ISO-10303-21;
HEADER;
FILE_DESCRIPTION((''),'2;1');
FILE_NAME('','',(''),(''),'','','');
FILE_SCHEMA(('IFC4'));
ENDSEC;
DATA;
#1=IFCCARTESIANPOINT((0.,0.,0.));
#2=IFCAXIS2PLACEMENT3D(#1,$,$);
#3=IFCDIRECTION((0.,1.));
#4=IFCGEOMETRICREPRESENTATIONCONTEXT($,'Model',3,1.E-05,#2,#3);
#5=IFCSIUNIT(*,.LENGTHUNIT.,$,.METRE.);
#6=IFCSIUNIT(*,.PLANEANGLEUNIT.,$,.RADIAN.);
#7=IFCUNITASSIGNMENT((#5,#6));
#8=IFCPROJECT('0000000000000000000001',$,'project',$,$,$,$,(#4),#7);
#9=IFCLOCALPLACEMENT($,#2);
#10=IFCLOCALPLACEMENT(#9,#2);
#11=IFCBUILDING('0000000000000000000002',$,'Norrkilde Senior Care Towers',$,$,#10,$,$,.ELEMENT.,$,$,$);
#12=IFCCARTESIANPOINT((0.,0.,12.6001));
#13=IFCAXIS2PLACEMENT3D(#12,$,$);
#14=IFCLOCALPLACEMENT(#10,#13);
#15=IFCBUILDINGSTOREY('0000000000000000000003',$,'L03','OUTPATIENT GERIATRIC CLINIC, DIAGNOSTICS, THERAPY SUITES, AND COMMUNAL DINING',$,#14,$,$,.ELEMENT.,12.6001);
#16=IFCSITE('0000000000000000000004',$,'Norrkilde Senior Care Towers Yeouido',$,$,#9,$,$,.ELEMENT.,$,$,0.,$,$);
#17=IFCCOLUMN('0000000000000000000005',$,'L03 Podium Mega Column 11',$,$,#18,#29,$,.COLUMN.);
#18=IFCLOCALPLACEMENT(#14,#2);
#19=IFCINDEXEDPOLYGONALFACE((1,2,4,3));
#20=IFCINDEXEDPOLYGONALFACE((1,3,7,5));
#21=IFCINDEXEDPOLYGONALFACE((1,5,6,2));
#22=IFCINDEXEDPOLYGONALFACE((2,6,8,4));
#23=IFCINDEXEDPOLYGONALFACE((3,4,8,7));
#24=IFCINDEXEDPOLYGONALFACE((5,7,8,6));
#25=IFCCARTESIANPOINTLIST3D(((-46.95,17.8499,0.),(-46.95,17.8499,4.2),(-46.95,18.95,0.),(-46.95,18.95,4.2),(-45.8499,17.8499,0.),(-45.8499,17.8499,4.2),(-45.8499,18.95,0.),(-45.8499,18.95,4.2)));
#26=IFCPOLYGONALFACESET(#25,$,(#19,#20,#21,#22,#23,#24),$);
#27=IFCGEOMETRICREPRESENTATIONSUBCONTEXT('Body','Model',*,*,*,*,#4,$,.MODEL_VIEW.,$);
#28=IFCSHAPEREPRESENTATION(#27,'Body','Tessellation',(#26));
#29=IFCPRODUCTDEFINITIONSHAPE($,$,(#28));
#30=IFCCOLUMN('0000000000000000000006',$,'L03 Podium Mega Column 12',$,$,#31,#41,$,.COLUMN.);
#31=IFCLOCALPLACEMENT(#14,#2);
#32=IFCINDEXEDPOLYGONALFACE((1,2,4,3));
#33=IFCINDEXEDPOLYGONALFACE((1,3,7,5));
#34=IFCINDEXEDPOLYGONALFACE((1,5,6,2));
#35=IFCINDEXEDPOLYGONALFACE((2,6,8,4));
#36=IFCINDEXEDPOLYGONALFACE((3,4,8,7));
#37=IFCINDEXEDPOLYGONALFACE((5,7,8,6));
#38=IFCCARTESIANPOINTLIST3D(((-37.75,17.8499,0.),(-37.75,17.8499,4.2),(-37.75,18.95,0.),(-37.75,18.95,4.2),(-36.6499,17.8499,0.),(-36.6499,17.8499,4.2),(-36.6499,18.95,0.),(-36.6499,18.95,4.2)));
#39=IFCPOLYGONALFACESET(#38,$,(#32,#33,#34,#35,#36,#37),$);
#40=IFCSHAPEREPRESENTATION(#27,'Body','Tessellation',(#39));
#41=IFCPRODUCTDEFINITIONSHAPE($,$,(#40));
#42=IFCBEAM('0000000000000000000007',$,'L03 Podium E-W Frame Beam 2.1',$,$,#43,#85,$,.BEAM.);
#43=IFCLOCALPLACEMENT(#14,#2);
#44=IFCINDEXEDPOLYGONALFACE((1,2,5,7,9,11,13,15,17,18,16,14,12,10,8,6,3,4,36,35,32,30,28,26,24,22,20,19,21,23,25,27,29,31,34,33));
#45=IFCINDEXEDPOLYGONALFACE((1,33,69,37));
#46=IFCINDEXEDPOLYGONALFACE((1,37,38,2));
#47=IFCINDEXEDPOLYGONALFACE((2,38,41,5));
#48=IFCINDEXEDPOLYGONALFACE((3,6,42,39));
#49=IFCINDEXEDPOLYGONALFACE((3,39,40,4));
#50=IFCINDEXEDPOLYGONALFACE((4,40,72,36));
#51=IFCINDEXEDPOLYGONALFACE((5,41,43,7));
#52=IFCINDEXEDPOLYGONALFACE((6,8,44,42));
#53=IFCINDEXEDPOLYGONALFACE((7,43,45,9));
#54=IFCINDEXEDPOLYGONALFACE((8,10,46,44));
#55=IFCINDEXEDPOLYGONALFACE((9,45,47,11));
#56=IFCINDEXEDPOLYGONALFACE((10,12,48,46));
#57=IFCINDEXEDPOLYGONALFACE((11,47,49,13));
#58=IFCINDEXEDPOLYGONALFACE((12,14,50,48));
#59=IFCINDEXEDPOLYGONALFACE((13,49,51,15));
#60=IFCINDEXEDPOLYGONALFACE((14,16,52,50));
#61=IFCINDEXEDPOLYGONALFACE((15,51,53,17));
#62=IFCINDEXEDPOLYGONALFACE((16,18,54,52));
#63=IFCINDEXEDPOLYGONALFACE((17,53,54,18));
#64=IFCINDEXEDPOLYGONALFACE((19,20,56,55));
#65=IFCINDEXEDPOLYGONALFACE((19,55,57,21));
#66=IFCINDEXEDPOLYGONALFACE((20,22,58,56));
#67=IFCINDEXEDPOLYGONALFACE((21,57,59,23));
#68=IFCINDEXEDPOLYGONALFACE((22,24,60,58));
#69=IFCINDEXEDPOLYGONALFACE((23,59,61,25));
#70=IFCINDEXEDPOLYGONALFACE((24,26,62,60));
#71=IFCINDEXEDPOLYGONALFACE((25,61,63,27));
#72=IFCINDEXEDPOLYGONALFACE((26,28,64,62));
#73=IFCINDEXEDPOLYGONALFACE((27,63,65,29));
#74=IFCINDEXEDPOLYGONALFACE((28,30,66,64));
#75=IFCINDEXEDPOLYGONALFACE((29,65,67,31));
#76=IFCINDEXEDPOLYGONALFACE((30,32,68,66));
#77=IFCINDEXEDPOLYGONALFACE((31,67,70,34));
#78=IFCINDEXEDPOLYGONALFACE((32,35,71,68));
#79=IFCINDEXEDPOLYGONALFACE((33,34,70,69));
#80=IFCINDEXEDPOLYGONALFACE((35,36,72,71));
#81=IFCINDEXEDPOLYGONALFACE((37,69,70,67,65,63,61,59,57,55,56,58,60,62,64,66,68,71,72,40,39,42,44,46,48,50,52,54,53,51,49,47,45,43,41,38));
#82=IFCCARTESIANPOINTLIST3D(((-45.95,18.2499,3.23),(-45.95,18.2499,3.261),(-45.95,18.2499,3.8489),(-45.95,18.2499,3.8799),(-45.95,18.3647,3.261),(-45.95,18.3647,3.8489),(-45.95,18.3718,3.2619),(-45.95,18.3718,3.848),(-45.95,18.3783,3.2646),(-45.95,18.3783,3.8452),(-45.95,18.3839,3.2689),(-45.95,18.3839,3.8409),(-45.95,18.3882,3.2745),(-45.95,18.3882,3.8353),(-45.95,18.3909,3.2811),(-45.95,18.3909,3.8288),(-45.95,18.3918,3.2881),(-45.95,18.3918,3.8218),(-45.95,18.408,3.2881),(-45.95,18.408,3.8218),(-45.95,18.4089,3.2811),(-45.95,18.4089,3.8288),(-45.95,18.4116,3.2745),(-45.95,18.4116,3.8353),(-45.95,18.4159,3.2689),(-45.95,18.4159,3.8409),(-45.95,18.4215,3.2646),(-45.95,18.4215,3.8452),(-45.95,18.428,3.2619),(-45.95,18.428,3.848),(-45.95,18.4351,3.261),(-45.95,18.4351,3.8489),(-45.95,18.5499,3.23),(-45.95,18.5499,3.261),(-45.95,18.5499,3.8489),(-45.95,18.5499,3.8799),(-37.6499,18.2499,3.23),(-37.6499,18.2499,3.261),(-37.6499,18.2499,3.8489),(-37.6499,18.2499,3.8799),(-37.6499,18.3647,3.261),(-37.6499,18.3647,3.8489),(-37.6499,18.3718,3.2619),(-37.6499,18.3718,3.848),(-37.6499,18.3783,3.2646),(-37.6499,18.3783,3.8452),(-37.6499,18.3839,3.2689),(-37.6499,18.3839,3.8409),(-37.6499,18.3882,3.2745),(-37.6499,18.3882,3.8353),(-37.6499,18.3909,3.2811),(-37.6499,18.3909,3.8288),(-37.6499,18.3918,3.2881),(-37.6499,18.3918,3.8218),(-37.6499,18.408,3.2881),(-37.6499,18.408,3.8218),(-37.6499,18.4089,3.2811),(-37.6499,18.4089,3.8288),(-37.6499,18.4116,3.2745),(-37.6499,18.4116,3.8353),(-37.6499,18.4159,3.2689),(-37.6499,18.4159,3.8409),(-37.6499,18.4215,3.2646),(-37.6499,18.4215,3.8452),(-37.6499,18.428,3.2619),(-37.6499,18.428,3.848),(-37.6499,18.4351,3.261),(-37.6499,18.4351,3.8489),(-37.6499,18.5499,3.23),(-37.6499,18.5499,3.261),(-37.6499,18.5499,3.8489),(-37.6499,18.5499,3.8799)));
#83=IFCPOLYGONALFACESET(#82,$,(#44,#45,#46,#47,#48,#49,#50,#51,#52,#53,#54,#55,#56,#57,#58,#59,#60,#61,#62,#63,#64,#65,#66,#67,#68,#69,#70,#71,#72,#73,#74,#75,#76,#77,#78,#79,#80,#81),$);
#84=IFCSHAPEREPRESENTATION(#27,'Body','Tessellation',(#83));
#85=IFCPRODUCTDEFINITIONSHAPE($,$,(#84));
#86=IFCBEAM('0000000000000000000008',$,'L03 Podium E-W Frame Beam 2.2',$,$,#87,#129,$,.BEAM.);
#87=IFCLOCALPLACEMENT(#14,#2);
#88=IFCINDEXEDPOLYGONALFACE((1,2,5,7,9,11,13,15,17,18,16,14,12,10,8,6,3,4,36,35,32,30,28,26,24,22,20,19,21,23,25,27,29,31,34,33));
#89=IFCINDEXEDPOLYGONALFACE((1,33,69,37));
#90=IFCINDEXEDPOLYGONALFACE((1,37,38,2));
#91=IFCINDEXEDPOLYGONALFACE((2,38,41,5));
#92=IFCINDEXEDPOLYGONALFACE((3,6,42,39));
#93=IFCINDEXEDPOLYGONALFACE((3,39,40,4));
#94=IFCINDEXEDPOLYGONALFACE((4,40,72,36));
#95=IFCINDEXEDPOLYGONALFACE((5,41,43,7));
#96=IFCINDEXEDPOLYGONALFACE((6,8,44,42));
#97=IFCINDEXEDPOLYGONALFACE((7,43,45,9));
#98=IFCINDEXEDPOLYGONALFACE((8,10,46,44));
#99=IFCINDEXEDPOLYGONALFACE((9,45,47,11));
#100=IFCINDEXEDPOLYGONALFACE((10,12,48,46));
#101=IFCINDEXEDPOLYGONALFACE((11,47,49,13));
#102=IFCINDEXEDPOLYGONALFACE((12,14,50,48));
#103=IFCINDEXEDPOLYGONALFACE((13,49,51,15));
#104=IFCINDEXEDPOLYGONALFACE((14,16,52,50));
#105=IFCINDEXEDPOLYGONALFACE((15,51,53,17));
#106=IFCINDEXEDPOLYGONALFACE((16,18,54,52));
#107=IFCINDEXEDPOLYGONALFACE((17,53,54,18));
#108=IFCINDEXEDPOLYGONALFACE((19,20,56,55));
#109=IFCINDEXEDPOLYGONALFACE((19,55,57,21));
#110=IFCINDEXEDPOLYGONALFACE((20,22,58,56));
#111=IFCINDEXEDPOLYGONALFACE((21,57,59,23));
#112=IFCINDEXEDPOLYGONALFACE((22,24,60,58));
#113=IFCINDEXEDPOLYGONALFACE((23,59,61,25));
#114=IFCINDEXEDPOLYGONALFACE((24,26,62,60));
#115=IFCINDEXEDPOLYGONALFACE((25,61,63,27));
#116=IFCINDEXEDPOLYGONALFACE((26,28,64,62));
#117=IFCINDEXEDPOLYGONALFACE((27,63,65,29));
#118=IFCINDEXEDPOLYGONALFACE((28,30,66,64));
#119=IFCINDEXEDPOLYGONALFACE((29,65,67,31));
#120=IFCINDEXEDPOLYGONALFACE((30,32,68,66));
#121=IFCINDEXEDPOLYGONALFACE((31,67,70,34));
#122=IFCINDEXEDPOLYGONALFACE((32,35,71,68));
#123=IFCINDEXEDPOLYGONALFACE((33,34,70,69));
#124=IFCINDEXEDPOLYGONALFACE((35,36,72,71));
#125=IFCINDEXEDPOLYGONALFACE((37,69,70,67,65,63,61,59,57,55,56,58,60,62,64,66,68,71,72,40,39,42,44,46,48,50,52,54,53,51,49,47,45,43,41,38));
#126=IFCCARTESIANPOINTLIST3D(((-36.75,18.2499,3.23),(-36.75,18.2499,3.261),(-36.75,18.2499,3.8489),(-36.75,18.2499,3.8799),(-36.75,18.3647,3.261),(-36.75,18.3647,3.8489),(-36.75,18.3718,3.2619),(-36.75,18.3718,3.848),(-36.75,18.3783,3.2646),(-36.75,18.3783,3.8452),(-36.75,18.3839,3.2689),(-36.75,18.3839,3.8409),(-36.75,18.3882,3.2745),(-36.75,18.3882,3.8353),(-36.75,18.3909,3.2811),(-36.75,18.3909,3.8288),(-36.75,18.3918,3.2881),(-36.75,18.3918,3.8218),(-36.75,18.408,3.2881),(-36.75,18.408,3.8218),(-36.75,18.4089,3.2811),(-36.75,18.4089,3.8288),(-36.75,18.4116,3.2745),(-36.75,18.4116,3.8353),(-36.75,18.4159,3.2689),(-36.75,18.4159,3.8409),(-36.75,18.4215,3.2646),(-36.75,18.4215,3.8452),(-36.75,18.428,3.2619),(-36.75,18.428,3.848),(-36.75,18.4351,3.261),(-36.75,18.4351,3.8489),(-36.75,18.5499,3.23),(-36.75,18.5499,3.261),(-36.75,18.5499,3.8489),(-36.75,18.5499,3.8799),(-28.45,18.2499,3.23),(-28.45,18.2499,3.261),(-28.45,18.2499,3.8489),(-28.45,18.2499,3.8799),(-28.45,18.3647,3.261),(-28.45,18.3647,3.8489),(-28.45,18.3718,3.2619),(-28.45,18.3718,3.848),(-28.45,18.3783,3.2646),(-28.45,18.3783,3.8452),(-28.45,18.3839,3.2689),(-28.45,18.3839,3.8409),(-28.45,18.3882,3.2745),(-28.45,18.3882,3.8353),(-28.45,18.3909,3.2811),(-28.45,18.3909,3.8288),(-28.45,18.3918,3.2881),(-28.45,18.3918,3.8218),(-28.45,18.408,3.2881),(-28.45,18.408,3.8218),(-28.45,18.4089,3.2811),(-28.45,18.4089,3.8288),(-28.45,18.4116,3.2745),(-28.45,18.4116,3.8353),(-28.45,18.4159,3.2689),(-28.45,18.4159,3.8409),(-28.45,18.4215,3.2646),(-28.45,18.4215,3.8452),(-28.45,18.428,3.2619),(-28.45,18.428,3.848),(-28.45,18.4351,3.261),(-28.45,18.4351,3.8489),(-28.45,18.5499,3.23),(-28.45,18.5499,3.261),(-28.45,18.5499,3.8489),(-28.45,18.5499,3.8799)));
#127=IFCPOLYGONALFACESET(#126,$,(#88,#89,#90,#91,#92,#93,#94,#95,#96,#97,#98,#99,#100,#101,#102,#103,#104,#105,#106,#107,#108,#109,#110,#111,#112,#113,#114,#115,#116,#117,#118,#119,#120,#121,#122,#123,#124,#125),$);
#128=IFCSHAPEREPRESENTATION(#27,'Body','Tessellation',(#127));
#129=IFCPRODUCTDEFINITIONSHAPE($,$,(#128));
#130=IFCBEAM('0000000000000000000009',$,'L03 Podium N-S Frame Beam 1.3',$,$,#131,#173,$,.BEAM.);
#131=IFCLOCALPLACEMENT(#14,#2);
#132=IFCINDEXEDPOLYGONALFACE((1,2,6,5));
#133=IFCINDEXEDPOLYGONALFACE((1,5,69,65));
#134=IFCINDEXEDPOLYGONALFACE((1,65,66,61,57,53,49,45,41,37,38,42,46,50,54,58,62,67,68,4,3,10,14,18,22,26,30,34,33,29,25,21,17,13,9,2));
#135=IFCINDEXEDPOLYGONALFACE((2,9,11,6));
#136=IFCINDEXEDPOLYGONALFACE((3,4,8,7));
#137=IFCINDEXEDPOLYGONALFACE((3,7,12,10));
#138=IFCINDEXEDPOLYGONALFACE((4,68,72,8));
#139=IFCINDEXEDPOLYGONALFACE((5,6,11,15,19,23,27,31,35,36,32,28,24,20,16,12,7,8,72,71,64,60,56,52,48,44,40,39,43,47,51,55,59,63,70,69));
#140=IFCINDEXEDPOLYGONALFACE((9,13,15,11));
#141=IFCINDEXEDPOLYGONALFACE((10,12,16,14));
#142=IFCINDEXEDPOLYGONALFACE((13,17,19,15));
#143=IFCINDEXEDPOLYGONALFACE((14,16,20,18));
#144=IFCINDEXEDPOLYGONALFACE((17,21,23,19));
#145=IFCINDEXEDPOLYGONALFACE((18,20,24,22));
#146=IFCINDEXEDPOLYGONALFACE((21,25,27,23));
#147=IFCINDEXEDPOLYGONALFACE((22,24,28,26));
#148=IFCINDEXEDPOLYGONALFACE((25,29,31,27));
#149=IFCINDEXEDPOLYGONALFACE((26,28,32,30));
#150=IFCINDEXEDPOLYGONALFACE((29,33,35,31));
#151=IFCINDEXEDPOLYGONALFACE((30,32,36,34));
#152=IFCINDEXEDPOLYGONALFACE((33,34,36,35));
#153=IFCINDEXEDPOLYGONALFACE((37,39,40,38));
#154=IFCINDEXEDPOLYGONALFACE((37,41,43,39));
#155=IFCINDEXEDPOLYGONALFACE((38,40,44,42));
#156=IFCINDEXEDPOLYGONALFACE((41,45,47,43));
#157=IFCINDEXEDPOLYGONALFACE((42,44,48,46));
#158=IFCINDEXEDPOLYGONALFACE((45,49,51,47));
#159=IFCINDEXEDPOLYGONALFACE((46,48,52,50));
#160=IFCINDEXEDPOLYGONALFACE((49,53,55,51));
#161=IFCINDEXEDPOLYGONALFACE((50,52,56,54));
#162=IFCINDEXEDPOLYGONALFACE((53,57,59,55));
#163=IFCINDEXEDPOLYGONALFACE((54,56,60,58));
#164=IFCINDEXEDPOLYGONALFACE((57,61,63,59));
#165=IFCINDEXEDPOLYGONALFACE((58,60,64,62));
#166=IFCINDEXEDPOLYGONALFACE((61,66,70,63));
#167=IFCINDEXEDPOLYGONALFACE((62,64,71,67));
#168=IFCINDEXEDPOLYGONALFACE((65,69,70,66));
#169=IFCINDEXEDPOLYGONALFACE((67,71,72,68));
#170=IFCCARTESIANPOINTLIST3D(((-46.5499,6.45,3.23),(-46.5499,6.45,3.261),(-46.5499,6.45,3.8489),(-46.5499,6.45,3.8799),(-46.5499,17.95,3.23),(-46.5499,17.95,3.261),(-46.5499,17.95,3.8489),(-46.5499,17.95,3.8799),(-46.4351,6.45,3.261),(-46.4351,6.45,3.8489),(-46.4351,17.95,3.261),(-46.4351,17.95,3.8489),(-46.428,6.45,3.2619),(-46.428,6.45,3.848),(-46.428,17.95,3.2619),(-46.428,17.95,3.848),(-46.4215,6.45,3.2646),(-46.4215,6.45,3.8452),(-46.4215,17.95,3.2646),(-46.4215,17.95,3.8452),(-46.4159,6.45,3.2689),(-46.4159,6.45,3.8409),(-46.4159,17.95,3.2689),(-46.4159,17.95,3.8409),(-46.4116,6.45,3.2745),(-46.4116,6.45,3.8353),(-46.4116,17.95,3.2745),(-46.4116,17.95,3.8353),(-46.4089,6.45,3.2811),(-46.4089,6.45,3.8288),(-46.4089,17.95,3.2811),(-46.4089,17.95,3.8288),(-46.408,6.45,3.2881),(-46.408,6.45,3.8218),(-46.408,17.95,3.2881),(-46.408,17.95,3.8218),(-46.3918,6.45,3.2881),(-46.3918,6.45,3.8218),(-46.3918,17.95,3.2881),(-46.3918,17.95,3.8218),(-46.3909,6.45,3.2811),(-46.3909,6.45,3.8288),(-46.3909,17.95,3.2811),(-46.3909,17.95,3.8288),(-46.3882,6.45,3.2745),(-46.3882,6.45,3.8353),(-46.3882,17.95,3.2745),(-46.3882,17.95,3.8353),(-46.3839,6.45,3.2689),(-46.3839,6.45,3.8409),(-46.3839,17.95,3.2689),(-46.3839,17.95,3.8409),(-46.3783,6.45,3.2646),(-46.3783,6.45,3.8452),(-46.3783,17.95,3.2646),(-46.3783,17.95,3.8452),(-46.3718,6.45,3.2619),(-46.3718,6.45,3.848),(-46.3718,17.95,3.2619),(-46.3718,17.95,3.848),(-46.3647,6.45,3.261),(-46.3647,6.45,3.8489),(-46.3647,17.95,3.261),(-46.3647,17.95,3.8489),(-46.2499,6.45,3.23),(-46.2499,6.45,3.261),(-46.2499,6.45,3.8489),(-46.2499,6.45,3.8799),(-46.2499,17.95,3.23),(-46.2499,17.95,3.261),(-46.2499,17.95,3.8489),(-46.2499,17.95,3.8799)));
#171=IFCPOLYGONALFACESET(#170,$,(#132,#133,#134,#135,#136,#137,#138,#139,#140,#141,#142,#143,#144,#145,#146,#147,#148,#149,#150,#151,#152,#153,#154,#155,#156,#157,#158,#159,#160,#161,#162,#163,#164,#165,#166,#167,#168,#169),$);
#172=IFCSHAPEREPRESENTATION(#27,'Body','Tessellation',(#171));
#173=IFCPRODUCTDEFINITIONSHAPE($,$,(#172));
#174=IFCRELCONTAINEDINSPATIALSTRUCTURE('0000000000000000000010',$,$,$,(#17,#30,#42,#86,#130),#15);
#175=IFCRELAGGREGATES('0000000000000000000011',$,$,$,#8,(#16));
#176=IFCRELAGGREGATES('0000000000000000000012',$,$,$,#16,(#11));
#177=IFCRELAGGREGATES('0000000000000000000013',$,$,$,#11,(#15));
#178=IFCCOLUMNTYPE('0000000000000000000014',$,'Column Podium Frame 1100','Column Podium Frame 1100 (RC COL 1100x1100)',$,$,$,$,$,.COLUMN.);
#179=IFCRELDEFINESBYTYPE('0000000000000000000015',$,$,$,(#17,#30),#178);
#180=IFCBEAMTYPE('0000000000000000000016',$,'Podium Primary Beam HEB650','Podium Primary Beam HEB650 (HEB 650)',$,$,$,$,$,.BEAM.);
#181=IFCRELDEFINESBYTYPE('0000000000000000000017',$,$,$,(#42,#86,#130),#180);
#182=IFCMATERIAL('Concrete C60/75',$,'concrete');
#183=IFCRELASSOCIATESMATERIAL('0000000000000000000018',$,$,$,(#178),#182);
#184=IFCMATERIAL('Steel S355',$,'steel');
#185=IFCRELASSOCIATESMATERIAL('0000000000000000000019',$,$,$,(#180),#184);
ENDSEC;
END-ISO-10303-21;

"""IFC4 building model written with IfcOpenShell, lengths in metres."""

from ifc_helpers import new_model, si_unit, direction, frame, origin, origin_2d, place, context, subcontext, project, spatial, rectangle, i_section, extrude, source, transform, mapped, material, material_profile, profile_set, type_object, type_shapes, element, save


model = new_model("IFC4")

# Units and contexts
model_context = context("Model", 3, precision=1e-05, world=origin(), true_north=direction((0.0, 1.0)))
body_context = subcontext(model_context, "Body", "Model", "MODEL_VIEW")
ifc_project = project(units=[si_unit("LENGTHUNIT", "METRE"), si_unit("PLANEANGLEUNIT", "RADIAN")], contexts=[model_context])

# Site, building, storey
site_placement = place(None, origin())
site = spatial("IfcSite", under=ifc_project, at=site_placement, Name="Norrkilde Senior Care Towers Yeouido", CompositionType="ELEMENT", RefElevation=0.0)
building_placement = place(site_placement, origin())
building = spatial("IfcBuilding", under=site, at=building_placement, Name="Norrkilde Senior Care Towers", CompositionType="ELEMENT")
storey_placement = place(building_placement, frame((0.0, 0.0, 12.6001)))
storey = spatial("IfcBuildingStorey", under=building, at=storey_placement, Name="L03", Description="OUTPATIENT GERIATRIC CLINIC, DIAGNOSTICS, THERAPY SUITES, AND COMMUNAL DINING", CompositionType="ELEMENT", Elevation=12.6001)

# Columns
ifc_material_1 = material(Name="Concrete C60/75", Category="concrete")
ifc_material_profile_1 = material_profile(ifc_material_1, rectangle(XDim=1.1001, YDim=1.1001, at=origin_2d()), Name="RC COL 1100x1100")
ifc_profile_set_1 = profile_set([ifc_material_profile_1], Name="Concrete C60/75")
column_type = type_object("IfcColumnType", Name="Column Podium Frame 1100", Description="Column Podium Frame 1100 (RC COL 1100x1100)", PredefinedType="COLUMN", material=ifc_profile_set_1)
shared_shape_1 = source(origin(), body_context, "Body", "SweptSolid", [
    extrude(rectangle(XDim=1.1001, YDim=1.1001, at=origin_2d()), origin(), (0.0, 0.0, 1.0), 4.2),
])
type_shapes(column_type, [shared_shape_1])
for number, where, z_axis, x_axis, name in (
    (1, (-46.3999, 18.3999, 0.0), (0.0, 0.0, 1.0), (1.0, 0.0, 0.0), "L03 Podium Mega Column 11"),
    (2, (-37.2, 18.3999, 0.0), (0.0, 0.0, 1.0), (1.0, 0.0, 0.0), "L03 Podium Mega Column 12"),
):
    element("IfcColumn", number, at=place(storey_placement, frame(where, z_axis=z_axis, x_axis=x_axis)), inside=storey, type_object=column_type, Name=name, PredefinedType="COLUMN", context=body_context, shape_type="MappedRepresentation", body=[
        mapped(shared_shape_1, transform((0.0, 0.0, 0.0), x_axis=(1.0, 0.0, 0.0), y_axis=(0.0, 1.0, 0.0), z_axis=(0.0, 0.0, 1.0), scale=1.0)),
    ])

# Beams
ifc_material_2 = material(Name="Steel S355", Category="steel")
ifc_material_profile_2 = material_profile(ifc_material_2, i_section(OverallWidth=0.3, OverallDepth=0.6499, WebThickness=0.0161, FlangeThickness=0.031, FilletRadius=0.0271, at=origin_2d()), Name="HEB 650")
ifc_profile_set_2 = profile_set([ifc_material_profile_2], Name="Steel S355")
beam_type = type_object("IfcBeamType", Name="Podium Primary Beam HEB650", Description="Podium Primary Beam HEB650 (HEB 650)", PredefinedType="BEAM", material=ifc_profile_set_2)
shared_shape_2 = source(origin(), body_context, "Body", "SweptSolid", [
    extrude(i_section(OverallWidth=0.3, OverallDepth=0.6499, WebThickness=0.0161, FlangeThickness=0.031, FilletRadius=0.0271, at=origin_2d()), origin(), (0.0, 0.0, 1.0), 8.3),
])
for number, where, z_axis, x_axis, name in (
    (3, (-45.95, 18.3999, 3.5549), (1.0, 0.0, 0.0), (0.0, 1.0, 0.0), "L03 Podium E-W Frame Beam 2.1"),
    (4, (-36.75, 18.3999, 3.5549), (1.0, 0.0, 0.0), (0.0, 1.0, 0.0), "L03 Podium E-W Frame Beam 2.2"),
):
    element("IfcBeam", number, at=place(storey_placement, frame(where, z_axis=z_axis, x_axis=x_axis)), inside=storey, type_object=beam_type, Name=name, PredefinedType="BEAM", context=body_context, shape_type="MappedRepresentation", body=[
        mapped(shared_shape_2, transform((0.0, 0.0, 0.0), x_axis=(1.0, 0.0, 0.0), y_axis=(0.0, 1.0, 0.0), z_axis=(0.0, 0.0, 1.0), scale=1.0)),
    ])
shared_shape_3 = source(origin(), body_context, "Body", "SweptSolid", [
    extrude(i_section(OverallWidth=0.3, OverallDepth=0.6499, WebThickness=0.0161, FlangeThickness=0.031, FilletRadius=0.0271, at=origin_2d()), origin(), (0.0, 0.0, 1.0), 11.5),
])
type_shapes(beam_type, [shared_shape_2, shared_shape_3])
beam_placement = place(storey_placement, frame((-46.3999, 6.45, 3.5549), z_axis=(0.0, 1.0, 0.0), x_axis=(-1.0, 0.0, 0.0)))
element("IfcBeam", 5, at=beam_placement, inside=storey, type_object=beam_type, Name="L03 Podium N-S Frame Beam 1.3", PredefinedType="BEAM", context=body_context, shape_type="MappedRepresentation", body=[
    mapped(shared_shape_3, transform((0.0, 0.0, 0.0), x_axis=(1.0, 0.0, 0.0), y_axis=(0.0, 1.0, 0.0), z_axis=(0.0, 0.0, 1.0), scale=1.0)),
])

save(model, "model.ifc")
